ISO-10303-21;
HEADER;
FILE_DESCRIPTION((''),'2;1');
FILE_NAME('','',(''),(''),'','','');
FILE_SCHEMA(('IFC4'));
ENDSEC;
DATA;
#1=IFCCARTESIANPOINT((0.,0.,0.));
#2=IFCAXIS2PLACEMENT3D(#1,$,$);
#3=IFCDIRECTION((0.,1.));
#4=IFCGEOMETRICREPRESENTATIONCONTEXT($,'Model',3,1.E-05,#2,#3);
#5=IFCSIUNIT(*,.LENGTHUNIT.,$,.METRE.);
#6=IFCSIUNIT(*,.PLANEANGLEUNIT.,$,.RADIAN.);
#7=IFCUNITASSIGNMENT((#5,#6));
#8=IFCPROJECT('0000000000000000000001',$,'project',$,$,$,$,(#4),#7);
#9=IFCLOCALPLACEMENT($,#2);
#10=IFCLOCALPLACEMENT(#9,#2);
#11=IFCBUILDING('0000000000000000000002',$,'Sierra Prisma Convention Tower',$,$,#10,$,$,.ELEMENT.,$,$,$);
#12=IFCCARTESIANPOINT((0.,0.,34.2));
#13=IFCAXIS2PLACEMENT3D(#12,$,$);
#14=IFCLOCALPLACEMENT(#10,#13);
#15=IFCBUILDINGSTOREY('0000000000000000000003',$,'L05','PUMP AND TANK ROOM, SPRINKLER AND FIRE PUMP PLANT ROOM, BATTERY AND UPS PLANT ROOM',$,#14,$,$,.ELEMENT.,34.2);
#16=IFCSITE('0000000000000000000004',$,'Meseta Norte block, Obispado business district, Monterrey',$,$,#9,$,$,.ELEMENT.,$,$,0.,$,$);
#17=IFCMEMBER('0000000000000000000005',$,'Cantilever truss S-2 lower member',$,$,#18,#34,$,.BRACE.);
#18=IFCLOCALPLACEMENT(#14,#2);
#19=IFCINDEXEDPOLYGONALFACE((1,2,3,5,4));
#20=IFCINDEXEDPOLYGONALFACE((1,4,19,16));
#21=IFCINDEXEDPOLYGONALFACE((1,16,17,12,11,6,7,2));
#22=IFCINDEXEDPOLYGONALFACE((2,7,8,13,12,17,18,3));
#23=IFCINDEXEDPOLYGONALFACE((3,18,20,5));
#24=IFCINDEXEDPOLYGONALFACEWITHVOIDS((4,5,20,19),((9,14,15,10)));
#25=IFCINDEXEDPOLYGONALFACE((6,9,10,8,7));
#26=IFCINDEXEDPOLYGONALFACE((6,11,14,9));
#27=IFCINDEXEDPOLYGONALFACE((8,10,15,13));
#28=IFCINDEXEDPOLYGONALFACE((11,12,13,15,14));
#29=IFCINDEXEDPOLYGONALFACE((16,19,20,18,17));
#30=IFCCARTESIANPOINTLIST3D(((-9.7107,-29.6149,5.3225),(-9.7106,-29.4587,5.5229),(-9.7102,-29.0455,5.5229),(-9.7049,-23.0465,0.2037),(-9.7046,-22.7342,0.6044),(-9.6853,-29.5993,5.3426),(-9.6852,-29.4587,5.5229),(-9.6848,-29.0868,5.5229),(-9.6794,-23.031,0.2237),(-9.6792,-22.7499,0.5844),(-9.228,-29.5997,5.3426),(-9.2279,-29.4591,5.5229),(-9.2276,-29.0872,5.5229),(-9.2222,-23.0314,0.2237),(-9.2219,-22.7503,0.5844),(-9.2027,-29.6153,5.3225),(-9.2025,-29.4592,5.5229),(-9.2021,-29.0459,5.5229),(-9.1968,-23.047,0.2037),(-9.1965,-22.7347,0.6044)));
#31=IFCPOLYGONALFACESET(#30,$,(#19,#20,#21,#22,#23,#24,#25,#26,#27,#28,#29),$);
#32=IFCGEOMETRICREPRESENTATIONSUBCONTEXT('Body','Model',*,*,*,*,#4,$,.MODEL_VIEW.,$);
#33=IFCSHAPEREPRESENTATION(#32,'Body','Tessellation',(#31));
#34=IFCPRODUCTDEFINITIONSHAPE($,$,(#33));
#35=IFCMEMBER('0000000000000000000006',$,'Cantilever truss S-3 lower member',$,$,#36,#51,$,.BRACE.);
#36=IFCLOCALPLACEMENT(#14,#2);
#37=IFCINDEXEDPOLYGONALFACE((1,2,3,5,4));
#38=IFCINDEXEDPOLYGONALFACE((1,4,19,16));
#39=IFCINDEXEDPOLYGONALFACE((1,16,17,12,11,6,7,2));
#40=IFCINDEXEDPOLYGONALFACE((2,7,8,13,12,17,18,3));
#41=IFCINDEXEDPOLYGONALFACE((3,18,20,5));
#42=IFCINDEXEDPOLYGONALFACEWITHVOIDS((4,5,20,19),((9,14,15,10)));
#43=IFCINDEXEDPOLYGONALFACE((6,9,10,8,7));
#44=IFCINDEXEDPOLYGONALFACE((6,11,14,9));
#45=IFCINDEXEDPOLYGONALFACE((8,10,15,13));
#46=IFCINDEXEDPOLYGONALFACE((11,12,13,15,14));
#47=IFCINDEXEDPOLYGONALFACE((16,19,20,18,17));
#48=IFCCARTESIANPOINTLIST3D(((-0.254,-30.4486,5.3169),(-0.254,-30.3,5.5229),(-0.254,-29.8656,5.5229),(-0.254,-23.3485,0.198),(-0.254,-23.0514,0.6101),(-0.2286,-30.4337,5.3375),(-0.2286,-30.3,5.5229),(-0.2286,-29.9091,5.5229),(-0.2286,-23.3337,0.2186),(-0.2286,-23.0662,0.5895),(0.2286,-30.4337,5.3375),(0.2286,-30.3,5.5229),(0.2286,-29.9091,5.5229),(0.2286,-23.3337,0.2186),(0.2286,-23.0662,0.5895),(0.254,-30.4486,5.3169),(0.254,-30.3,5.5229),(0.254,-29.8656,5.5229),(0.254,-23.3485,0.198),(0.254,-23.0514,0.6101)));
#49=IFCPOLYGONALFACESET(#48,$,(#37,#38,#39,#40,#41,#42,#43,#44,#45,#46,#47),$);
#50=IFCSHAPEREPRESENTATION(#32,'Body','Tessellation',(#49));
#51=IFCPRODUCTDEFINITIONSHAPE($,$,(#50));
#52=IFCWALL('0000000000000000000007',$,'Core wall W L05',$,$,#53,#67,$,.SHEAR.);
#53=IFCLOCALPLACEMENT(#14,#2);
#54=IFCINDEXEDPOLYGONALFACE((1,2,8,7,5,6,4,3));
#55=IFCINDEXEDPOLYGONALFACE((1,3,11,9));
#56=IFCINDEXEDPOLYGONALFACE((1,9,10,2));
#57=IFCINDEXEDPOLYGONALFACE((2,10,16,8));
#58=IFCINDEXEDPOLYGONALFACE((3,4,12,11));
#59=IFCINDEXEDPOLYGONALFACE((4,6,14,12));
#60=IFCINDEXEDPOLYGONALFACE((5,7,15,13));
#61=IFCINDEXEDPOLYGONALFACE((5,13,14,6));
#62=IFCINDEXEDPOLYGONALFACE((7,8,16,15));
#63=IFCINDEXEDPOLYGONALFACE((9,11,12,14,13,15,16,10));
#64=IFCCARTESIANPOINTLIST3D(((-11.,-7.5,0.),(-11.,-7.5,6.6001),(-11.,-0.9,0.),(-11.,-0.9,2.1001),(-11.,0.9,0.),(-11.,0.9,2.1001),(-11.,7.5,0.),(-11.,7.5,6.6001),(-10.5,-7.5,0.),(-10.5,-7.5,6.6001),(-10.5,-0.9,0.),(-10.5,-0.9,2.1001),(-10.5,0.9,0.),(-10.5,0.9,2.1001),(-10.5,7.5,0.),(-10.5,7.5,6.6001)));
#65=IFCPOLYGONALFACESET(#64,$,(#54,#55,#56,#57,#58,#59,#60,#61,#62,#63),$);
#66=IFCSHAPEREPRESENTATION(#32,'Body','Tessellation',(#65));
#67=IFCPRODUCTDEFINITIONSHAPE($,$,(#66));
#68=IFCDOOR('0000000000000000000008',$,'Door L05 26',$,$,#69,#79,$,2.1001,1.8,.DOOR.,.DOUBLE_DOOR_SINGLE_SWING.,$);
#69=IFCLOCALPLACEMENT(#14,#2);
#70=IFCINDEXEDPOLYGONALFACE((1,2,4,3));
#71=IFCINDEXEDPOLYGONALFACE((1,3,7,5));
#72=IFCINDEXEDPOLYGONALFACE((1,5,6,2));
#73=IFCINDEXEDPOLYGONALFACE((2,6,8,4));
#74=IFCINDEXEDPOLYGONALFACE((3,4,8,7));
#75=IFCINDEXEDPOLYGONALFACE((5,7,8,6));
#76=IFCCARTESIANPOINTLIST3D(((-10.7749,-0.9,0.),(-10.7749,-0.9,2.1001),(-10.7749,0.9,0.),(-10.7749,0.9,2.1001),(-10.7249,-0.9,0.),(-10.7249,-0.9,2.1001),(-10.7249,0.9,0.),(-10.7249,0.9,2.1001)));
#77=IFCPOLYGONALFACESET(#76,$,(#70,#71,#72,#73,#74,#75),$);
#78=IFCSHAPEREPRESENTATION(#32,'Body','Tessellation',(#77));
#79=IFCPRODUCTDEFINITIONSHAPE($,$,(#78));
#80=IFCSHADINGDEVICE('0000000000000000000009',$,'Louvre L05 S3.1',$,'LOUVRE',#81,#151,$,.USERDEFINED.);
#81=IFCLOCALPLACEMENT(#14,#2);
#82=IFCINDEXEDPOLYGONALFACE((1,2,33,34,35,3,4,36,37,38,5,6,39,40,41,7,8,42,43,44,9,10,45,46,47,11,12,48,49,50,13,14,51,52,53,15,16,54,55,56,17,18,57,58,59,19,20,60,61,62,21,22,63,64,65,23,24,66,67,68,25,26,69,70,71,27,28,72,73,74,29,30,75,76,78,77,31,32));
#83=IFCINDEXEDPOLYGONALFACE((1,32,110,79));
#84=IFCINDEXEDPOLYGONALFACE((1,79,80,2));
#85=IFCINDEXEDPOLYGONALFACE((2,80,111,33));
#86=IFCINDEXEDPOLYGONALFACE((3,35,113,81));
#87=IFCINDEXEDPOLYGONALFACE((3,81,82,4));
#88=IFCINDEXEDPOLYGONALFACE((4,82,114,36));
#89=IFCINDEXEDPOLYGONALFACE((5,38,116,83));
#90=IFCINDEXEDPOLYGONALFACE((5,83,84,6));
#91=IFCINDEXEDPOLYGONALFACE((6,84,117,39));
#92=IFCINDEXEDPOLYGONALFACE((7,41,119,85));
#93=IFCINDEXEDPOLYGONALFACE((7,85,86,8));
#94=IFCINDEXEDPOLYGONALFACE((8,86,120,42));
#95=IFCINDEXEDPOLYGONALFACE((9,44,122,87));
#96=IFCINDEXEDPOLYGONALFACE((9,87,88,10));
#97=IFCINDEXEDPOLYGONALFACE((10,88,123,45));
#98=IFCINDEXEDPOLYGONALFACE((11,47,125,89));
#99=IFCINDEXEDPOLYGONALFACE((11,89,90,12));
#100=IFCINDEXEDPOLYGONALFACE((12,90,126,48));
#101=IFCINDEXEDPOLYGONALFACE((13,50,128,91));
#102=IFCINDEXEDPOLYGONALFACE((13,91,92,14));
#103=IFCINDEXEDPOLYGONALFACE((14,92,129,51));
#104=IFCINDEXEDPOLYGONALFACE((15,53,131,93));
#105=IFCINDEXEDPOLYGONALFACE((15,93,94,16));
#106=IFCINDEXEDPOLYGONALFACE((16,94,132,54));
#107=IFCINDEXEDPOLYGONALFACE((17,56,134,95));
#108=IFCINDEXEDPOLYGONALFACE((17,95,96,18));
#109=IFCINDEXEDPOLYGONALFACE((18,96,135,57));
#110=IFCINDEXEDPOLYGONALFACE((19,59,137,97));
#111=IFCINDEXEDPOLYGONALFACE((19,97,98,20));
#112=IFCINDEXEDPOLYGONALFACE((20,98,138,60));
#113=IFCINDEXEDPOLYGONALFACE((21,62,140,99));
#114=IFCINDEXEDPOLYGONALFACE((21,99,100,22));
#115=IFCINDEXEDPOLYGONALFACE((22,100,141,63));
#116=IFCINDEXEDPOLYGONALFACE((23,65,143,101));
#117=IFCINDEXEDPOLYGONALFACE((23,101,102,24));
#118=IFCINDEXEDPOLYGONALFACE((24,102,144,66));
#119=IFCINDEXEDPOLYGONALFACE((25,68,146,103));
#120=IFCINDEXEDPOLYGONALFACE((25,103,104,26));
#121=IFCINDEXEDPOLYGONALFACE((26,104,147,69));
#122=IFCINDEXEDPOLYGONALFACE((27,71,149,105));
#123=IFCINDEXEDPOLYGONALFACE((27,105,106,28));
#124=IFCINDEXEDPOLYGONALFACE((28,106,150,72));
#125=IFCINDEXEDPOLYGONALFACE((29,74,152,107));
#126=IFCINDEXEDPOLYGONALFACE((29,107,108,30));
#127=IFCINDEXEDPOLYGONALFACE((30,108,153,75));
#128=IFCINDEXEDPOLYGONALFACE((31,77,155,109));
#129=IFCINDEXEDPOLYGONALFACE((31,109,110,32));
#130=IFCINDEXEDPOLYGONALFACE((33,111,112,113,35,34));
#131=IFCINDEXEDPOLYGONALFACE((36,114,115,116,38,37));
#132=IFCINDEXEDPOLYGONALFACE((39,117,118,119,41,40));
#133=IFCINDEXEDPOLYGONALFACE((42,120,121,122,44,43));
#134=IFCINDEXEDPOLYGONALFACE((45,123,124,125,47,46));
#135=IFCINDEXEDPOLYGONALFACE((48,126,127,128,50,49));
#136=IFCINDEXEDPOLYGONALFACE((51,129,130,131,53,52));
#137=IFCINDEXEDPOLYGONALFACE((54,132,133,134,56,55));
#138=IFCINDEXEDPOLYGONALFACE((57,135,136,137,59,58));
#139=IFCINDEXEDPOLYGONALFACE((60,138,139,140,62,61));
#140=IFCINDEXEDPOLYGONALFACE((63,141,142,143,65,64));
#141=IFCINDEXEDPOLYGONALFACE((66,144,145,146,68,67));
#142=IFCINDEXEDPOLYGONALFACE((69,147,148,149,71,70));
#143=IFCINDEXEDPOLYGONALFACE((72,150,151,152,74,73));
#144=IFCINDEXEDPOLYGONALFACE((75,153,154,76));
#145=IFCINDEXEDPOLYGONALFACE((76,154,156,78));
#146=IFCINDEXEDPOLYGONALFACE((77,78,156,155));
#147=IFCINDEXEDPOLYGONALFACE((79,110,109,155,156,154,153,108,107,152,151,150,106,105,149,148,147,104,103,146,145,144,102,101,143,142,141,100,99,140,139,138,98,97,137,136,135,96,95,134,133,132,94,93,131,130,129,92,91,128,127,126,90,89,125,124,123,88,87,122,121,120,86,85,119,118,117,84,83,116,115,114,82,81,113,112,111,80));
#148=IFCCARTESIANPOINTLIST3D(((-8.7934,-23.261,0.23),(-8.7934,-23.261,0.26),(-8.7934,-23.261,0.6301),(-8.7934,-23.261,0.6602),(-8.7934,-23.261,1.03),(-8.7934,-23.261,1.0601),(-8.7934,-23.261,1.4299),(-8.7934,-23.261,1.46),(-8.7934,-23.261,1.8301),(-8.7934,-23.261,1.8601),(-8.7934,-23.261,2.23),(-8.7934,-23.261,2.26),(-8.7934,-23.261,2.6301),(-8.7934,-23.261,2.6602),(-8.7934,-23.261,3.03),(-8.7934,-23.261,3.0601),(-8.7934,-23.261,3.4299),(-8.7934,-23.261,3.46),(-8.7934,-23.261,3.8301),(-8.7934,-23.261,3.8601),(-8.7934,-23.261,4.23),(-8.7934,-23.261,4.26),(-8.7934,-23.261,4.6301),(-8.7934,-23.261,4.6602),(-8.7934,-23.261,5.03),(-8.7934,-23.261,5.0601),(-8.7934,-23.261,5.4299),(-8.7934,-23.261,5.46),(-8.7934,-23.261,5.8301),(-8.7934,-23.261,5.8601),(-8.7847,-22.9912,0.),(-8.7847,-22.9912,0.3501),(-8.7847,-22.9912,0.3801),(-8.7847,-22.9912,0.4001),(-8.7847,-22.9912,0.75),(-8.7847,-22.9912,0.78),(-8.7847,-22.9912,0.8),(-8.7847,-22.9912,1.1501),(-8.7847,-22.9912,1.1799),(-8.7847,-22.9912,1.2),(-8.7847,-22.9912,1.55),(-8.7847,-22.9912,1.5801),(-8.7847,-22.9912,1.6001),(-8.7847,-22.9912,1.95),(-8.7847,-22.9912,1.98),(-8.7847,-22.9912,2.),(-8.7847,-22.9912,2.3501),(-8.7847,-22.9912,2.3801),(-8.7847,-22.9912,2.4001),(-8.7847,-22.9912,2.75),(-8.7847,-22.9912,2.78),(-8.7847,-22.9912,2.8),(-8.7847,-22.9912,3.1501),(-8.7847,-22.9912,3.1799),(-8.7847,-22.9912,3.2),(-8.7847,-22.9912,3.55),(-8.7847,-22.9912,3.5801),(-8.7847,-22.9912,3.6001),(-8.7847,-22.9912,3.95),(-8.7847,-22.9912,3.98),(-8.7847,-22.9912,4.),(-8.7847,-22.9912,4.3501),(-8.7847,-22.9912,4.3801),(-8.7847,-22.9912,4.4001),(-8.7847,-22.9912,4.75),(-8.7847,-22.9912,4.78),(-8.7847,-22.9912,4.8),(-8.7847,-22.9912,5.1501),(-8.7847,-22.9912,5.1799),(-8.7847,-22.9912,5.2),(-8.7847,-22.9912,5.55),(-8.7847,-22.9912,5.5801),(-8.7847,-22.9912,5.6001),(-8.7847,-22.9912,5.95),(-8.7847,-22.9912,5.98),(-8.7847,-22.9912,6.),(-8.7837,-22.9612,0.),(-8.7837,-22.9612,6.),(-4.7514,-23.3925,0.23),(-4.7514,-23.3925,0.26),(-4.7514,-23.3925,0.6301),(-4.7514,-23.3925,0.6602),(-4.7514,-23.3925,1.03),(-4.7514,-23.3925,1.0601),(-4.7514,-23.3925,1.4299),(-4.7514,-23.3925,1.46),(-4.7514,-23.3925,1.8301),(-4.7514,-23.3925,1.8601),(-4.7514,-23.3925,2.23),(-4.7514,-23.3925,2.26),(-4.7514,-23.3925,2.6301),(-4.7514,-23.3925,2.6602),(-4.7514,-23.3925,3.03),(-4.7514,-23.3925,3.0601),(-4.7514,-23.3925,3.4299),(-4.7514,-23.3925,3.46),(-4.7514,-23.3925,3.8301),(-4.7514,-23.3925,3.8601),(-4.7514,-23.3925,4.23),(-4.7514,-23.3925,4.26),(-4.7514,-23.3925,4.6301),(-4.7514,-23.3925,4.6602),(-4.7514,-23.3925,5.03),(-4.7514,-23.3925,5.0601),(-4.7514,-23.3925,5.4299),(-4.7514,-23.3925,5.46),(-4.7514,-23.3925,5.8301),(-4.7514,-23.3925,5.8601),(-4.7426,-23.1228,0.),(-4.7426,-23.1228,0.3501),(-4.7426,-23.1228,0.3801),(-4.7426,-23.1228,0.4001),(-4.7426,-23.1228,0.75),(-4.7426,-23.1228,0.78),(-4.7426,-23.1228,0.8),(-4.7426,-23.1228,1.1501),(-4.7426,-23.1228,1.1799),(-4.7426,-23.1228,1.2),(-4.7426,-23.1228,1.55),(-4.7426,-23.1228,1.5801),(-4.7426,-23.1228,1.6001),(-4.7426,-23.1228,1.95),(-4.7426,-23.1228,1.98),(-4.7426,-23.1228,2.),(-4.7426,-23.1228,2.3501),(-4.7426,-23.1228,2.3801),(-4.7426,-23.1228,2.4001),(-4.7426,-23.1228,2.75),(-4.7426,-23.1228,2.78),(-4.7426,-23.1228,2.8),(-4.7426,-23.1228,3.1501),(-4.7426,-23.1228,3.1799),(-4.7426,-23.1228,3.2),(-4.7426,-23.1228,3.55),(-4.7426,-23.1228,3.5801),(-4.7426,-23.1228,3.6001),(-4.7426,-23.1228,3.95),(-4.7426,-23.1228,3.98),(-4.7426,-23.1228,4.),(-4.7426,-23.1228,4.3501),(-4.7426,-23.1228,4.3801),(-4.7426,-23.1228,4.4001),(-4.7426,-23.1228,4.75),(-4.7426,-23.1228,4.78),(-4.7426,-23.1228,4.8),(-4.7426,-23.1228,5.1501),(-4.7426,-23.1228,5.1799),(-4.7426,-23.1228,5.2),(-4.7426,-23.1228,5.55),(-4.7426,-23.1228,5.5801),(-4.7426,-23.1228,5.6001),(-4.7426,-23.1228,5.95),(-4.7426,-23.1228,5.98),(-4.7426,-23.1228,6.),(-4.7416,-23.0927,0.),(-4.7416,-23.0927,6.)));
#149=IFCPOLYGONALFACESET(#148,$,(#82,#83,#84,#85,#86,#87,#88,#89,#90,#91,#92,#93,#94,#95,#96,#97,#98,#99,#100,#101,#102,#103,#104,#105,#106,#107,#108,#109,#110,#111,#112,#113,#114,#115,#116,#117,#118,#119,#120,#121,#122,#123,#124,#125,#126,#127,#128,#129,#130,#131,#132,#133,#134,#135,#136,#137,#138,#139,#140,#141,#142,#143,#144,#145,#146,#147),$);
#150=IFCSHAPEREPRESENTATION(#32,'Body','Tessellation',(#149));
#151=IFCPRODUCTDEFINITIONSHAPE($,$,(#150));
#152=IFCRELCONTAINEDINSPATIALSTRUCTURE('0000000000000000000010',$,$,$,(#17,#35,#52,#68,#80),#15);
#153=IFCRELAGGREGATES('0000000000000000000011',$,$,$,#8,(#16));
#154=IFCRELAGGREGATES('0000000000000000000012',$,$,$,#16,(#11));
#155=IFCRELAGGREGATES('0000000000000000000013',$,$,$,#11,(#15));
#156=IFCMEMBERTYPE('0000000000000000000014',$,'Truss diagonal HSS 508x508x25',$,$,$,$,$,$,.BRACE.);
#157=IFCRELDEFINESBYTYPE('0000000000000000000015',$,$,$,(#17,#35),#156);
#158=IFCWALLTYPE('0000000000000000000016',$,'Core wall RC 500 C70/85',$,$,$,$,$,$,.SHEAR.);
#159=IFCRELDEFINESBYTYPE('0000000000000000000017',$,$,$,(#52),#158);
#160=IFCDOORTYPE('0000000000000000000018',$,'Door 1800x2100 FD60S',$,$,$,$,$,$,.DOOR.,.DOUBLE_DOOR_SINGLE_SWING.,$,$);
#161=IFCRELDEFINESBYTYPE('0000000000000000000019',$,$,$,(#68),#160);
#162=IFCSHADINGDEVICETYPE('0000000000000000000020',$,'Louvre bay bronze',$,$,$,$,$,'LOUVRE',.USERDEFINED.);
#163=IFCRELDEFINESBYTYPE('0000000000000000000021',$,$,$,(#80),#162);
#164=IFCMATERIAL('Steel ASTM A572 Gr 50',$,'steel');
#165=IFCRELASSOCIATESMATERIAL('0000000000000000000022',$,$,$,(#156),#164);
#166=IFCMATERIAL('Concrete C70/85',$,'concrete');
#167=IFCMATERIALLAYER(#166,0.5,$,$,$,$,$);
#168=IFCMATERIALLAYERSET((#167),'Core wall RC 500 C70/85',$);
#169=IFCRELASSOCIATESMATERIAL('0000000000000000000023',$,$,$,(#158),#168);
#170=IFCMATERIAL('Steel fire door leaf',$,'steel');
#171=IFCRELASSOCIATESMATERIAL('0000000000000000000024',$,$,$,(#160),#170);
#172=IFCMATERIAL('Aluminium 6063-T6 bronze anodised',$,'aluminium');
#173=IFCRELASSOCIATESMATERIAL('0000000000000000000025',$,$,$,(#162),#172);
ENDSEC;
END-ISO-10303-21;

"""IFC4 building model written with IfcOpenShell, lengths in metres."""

from ifc_helpers import new_model, si_unit, direction, frame, frame_2d, origin, origin_2d, place, context, subcontext, project, spatial, polyline, rectangle, hollow_rectangle, outline, extrude, clip, halfspace, material, layer, layer_set, material_profile, profile_set, type_object, element, fill, save


model = new_model("IFC4")

# Units and contexts
model_context = context("Model", 3, precision=1e-05, world=origin(), true_north=direction((0.0, 1.0)))
body_context = subcontext(model_context, "Body", "Model", "MODEL_VIEW")
ifc_project = project(units=[si_unit("LENGTHUNIT", "METRE"), si_unit("PLANEANGLEUNIT", "RADIAN")], contexts=[model_context])

# Site, building, storey
site_placement = place(None, origin())
site = spatial("IfcSite", under=ifc_project, at=site_placement, Name="Meseta Norte block, Obispado business district, Monterrey", CompositionType="ELEMENT", RefElevation=0.0)
building_placement = place(site_placement, origin())
building = spatial("IfcBuilding", under=site, at=building_placement, Name="Sierra Prisma Convention Tower", CompositionType="ELEMENT")
storey_placement = place(building_placement, frame((0.0, 0.0, 34.2)))
storey = spatial("IfcBuildingStorey", under=building, at=storey_placement, Name="L05", Description="PUMP AND TANK ROOM, SPRINKLER AND FIRE PUMP PLANT ROOM, BATTERY AND UPS PLANT ROOM", CompositionType="ELEMENT", Elevation=34.2)

# Members
ifc_material_1 = material(Name="Steel ASTM A572 Gr 50", Category="steel")
ifc_material_profile_1 = material_profile(ifc_material_1, hollow_rectangle(XDim=0.5081, YDim=0.5081, WallThickness=0.0254, at=origin_2d()), Name="Truss diagonal HSS 508x508x25")
ifc_profile_set_1 = profile_set([ifc_material_profile_1], Name="Steel ASTM A572 Gr 50")
member_type = type_object("IfcMemberType", Name="Truss diagonal HSS 508x508x25", PredefinedType="BRACE", material=ifc_profile_set_1)
member_1_placement = place(storey_placement, frame((-9.4507, -22.8906, 0.4041), z_axis=(-0.000704, -0.78876, 0.614701), x_axis=(1.0, -0.000892, 0.0)))
element("IfcMember", 1, at=member_1_placement, inside=storey, type_object=member_type, Name="Cantilever truss S-2 lower member", PredefinedType="BRACE", context=body_context, shape_type="SweptSolid", body=[
    clip(extrude(hollow_rectangle(XDim=0.5081, YDim=0.5081, WallThickness=0.0254, at=origin_2d()), origin(), (0.0, 0.0, 1.0), 8.3274), halfspace(frame((0.0, 0.0, 8.3274), z_axis=(0.0, -0.78876, -0.614701), x_axis=(1.0, 0.0, 0.0)), True)),
])
member_2_placement = place(storey_placement, frame((0.0, -23.2, 0.4041), z_axis=(0.0, -0.811164, 0.584818), x_axis=(1.0, 0.0, 0.0)))
element("IfcMember", 2, at=member_2_placement, inside=storey, type_object=member_type, Name="Cantilever truss S-3 lower member", PredefinedType="BRACE", context=body_context, shape_type="SweptSolid", body=[
    clip(extrude(hollow_rectangle(XDim=0.5081, YDim=0.5081, WallThickness=0.0254, at=origin_2d()), origin(), (0.0, 0.0, 1.0), 8.7529), halfspace(frame((0.0, 0.0, 8.7529), z_axis=(0.0, -0.811164, -0.584818), x_axis=(1.0, 0.0, 0.0)), True)),
])

# Wall, opening, door
ifc_material_2 = material(Name="Concrete C70/85", Category="concrete")
ifc_layer_1 = layer(ifc_material_2, 0.5)
ifc_layer_set_1 = layer_set([ifc_layer_1], Name="Core wall RC 500 C70/85")
wall_type_1 = type_object("IfcWallType", Name="Core wall RC 500 C70/85", PredefinedType="SHEAR", material=ifc_layer_set_1)
wall_1_placement = place(storey_placement, frame((-10.75, -7.5, 0.0), z_axis=(0.0, 0.0, 1.0), x_axis=(0.0, 1.0, 0.0)))
wall_1 = element("IfcWall", 3, at=wall_1_placement, inside=storey, type_object=wall_type_1, Name="Core wall W L05", PredefinedType="SHEAR", context=body_context, shape_type="SweptSolid", body=[
    extrude(rectangle(XDim=15.0, YDim=0.5, at=frame_2d((7.5, 0.0))), origin(), (0.0, 0.0, 1.0), 6.6001),
])
opening_1_placement = place(wall_1_placement, frame((6.6001, 0.0, 0.0)))
opening_1 = element("IfcOpeningElement", 4, at=opening_1_placement, cuts=wall_1, PredefinedType="OPENING", context=body_context, shape_type="SweptSolid", body=[
    extrude(rectangle(XDim=1.8, YDim=2.1001, at=frame_2d((0.8999, 1.05))), frame((0.0, 0.25, 0.0), z_axis=(0.0, -1.0, 0.0), x_axis=(1.0, 0.0, 0.0)), (0.0, 0.0, 1.0), 0.5),
])
ifc_material_3 = material(Name="Steel fire door leaf", Category="steel")
door_type_1 = type_object("IfcDoorType", Name="Door 1800x2100 FD60S", OperationType="DOUBLE_DOOR_SINGLE_SWING", PredefinedType="DOOR", material=ifc_material_3)
door_1_placement = place(opening_1_placement, origin())
door_1 = element("IfcDoor", 5, at=door_1_placement, inside=storey, type_object=door_type_1, Name="Door L05 26", OperationType="DOUBLE_DOOR_SINGLE_SWING", OverallHeight=2.1001, OverallWidth=1.8, PredefinedType="DOOR", context=body_context, shape_type="SweptSolid", body=[
    extrude(rectangle(XDim=1.8, YDim=2.1001, at=frame_2d((0.8999, 1.05))), frame((0.0, 0.0249, 0.0), z_axis=(0.0, -1.0, 0.0), x_axis=(1.0, 0.0, 0.0)), (0.0, 0.0, 1.0), 0.05),
])
fill(opening_1, door_1)

# Shading device
ifc_material_4 = material(Name="Aluminium 6063-T6 bronze anodised", Category="aluminium")
shading_device_type = type_object("IfcShadingDeviceType", Name="Louvre bay bronze", ElementType="LOUVRE", PredefinedType="USERDEFINED", material=ifc_material_4)
shading_device_1_placement = place(storey_placement, frame((-8.7837, -22.9612, 0.0), z_axis=(-0.999471, 0.032527, 0.0), x_axis=(0.0, 0.0, 1.0)))
element("IfcShadingDevice", 6, at=shading_device_1_placement, inside=storey, type_object=shading_device_type, Name="Louvre L05 S3.1", ObjectType="LOUVRE", PredefinedType="USERDEFINED", context=body_context, shape_type="SweptSolid", body=[
    extrude(outline(polyline([(0.0, 0.0), (6.0, 0.0), (6.0, -0.03), (5.98, -0.03), (5.8601, -0.3), (5.8301, -0.3), (5.95, -0.03), (5.6001, -0.03), (5.5801, -0.03), (5.46, -0.3), (5.4299, -0.3), (5.55, -0.03), (5.2, -0.03), (5.1799, -0.03), (5.0601, -0.3), (5.03, -0.3), (5.1501, -0.03), (4.8, -0.03), (4.78, -0.03), (4.6602, -0.3), (4.6301, -0.3), (4.75, -0.03), (4.4001, -0.03), (4.3801, -0.03), (4.26, -0.3), (4.23, -0.3), (4.3501, -0.03), (4.0, -0.03), (3.98, -0.03), (3.8601, -0.3), (3.8301, -0.3), (3.95, -0.03), (3.6001, -0.03), (3.5801, -0.03), (3.46, -0.3), (3.4299, -0.3), (3.55, -0.03), (3.2, -0.03), (3.1799, -0.03), (3.0601, -0.3), (3.03, -0.3), (3.1501, -0.03), (2.8, -0.03), (2.78, -0.03), (2.6602, -0.3), (2.6301, -0.3), (2.75, -0.03), (2.4001, -0.03), (2.3801, -0.03), (2.26, -0.3), (2.23, -0.3), (2.3501, -0.03), (2.0, -0.03), (1.98, -0.03), (1.8601, -0.3), (1.8301, -0.3), (1.95, -0.03), (1.6001, -0.03), (1.5801, -0.03), (1.46, -0.3), (1.4299, -0.3), (1.55, -0.03), (1.2, -0.03), (1.1799, -0.03), (1.0601, -0.3), (1.03, -0.3), (1.1501, -0.03), (0.8, -0.03), (0.78, -0.03), (0.6602, -0.3), (0.6301, -0.3), (0.75, -0.03), (0.4001, -0.03), (0.3801, -0.03), (0.26, -0.3), (0.23, -0.3), (0.3501, -0.03), (0.0, -0.03), (0.0, 0.0)])), origin(), (0.0, 0.0, -1.0), 4.0442),
])

save(model, "model.ifc")
